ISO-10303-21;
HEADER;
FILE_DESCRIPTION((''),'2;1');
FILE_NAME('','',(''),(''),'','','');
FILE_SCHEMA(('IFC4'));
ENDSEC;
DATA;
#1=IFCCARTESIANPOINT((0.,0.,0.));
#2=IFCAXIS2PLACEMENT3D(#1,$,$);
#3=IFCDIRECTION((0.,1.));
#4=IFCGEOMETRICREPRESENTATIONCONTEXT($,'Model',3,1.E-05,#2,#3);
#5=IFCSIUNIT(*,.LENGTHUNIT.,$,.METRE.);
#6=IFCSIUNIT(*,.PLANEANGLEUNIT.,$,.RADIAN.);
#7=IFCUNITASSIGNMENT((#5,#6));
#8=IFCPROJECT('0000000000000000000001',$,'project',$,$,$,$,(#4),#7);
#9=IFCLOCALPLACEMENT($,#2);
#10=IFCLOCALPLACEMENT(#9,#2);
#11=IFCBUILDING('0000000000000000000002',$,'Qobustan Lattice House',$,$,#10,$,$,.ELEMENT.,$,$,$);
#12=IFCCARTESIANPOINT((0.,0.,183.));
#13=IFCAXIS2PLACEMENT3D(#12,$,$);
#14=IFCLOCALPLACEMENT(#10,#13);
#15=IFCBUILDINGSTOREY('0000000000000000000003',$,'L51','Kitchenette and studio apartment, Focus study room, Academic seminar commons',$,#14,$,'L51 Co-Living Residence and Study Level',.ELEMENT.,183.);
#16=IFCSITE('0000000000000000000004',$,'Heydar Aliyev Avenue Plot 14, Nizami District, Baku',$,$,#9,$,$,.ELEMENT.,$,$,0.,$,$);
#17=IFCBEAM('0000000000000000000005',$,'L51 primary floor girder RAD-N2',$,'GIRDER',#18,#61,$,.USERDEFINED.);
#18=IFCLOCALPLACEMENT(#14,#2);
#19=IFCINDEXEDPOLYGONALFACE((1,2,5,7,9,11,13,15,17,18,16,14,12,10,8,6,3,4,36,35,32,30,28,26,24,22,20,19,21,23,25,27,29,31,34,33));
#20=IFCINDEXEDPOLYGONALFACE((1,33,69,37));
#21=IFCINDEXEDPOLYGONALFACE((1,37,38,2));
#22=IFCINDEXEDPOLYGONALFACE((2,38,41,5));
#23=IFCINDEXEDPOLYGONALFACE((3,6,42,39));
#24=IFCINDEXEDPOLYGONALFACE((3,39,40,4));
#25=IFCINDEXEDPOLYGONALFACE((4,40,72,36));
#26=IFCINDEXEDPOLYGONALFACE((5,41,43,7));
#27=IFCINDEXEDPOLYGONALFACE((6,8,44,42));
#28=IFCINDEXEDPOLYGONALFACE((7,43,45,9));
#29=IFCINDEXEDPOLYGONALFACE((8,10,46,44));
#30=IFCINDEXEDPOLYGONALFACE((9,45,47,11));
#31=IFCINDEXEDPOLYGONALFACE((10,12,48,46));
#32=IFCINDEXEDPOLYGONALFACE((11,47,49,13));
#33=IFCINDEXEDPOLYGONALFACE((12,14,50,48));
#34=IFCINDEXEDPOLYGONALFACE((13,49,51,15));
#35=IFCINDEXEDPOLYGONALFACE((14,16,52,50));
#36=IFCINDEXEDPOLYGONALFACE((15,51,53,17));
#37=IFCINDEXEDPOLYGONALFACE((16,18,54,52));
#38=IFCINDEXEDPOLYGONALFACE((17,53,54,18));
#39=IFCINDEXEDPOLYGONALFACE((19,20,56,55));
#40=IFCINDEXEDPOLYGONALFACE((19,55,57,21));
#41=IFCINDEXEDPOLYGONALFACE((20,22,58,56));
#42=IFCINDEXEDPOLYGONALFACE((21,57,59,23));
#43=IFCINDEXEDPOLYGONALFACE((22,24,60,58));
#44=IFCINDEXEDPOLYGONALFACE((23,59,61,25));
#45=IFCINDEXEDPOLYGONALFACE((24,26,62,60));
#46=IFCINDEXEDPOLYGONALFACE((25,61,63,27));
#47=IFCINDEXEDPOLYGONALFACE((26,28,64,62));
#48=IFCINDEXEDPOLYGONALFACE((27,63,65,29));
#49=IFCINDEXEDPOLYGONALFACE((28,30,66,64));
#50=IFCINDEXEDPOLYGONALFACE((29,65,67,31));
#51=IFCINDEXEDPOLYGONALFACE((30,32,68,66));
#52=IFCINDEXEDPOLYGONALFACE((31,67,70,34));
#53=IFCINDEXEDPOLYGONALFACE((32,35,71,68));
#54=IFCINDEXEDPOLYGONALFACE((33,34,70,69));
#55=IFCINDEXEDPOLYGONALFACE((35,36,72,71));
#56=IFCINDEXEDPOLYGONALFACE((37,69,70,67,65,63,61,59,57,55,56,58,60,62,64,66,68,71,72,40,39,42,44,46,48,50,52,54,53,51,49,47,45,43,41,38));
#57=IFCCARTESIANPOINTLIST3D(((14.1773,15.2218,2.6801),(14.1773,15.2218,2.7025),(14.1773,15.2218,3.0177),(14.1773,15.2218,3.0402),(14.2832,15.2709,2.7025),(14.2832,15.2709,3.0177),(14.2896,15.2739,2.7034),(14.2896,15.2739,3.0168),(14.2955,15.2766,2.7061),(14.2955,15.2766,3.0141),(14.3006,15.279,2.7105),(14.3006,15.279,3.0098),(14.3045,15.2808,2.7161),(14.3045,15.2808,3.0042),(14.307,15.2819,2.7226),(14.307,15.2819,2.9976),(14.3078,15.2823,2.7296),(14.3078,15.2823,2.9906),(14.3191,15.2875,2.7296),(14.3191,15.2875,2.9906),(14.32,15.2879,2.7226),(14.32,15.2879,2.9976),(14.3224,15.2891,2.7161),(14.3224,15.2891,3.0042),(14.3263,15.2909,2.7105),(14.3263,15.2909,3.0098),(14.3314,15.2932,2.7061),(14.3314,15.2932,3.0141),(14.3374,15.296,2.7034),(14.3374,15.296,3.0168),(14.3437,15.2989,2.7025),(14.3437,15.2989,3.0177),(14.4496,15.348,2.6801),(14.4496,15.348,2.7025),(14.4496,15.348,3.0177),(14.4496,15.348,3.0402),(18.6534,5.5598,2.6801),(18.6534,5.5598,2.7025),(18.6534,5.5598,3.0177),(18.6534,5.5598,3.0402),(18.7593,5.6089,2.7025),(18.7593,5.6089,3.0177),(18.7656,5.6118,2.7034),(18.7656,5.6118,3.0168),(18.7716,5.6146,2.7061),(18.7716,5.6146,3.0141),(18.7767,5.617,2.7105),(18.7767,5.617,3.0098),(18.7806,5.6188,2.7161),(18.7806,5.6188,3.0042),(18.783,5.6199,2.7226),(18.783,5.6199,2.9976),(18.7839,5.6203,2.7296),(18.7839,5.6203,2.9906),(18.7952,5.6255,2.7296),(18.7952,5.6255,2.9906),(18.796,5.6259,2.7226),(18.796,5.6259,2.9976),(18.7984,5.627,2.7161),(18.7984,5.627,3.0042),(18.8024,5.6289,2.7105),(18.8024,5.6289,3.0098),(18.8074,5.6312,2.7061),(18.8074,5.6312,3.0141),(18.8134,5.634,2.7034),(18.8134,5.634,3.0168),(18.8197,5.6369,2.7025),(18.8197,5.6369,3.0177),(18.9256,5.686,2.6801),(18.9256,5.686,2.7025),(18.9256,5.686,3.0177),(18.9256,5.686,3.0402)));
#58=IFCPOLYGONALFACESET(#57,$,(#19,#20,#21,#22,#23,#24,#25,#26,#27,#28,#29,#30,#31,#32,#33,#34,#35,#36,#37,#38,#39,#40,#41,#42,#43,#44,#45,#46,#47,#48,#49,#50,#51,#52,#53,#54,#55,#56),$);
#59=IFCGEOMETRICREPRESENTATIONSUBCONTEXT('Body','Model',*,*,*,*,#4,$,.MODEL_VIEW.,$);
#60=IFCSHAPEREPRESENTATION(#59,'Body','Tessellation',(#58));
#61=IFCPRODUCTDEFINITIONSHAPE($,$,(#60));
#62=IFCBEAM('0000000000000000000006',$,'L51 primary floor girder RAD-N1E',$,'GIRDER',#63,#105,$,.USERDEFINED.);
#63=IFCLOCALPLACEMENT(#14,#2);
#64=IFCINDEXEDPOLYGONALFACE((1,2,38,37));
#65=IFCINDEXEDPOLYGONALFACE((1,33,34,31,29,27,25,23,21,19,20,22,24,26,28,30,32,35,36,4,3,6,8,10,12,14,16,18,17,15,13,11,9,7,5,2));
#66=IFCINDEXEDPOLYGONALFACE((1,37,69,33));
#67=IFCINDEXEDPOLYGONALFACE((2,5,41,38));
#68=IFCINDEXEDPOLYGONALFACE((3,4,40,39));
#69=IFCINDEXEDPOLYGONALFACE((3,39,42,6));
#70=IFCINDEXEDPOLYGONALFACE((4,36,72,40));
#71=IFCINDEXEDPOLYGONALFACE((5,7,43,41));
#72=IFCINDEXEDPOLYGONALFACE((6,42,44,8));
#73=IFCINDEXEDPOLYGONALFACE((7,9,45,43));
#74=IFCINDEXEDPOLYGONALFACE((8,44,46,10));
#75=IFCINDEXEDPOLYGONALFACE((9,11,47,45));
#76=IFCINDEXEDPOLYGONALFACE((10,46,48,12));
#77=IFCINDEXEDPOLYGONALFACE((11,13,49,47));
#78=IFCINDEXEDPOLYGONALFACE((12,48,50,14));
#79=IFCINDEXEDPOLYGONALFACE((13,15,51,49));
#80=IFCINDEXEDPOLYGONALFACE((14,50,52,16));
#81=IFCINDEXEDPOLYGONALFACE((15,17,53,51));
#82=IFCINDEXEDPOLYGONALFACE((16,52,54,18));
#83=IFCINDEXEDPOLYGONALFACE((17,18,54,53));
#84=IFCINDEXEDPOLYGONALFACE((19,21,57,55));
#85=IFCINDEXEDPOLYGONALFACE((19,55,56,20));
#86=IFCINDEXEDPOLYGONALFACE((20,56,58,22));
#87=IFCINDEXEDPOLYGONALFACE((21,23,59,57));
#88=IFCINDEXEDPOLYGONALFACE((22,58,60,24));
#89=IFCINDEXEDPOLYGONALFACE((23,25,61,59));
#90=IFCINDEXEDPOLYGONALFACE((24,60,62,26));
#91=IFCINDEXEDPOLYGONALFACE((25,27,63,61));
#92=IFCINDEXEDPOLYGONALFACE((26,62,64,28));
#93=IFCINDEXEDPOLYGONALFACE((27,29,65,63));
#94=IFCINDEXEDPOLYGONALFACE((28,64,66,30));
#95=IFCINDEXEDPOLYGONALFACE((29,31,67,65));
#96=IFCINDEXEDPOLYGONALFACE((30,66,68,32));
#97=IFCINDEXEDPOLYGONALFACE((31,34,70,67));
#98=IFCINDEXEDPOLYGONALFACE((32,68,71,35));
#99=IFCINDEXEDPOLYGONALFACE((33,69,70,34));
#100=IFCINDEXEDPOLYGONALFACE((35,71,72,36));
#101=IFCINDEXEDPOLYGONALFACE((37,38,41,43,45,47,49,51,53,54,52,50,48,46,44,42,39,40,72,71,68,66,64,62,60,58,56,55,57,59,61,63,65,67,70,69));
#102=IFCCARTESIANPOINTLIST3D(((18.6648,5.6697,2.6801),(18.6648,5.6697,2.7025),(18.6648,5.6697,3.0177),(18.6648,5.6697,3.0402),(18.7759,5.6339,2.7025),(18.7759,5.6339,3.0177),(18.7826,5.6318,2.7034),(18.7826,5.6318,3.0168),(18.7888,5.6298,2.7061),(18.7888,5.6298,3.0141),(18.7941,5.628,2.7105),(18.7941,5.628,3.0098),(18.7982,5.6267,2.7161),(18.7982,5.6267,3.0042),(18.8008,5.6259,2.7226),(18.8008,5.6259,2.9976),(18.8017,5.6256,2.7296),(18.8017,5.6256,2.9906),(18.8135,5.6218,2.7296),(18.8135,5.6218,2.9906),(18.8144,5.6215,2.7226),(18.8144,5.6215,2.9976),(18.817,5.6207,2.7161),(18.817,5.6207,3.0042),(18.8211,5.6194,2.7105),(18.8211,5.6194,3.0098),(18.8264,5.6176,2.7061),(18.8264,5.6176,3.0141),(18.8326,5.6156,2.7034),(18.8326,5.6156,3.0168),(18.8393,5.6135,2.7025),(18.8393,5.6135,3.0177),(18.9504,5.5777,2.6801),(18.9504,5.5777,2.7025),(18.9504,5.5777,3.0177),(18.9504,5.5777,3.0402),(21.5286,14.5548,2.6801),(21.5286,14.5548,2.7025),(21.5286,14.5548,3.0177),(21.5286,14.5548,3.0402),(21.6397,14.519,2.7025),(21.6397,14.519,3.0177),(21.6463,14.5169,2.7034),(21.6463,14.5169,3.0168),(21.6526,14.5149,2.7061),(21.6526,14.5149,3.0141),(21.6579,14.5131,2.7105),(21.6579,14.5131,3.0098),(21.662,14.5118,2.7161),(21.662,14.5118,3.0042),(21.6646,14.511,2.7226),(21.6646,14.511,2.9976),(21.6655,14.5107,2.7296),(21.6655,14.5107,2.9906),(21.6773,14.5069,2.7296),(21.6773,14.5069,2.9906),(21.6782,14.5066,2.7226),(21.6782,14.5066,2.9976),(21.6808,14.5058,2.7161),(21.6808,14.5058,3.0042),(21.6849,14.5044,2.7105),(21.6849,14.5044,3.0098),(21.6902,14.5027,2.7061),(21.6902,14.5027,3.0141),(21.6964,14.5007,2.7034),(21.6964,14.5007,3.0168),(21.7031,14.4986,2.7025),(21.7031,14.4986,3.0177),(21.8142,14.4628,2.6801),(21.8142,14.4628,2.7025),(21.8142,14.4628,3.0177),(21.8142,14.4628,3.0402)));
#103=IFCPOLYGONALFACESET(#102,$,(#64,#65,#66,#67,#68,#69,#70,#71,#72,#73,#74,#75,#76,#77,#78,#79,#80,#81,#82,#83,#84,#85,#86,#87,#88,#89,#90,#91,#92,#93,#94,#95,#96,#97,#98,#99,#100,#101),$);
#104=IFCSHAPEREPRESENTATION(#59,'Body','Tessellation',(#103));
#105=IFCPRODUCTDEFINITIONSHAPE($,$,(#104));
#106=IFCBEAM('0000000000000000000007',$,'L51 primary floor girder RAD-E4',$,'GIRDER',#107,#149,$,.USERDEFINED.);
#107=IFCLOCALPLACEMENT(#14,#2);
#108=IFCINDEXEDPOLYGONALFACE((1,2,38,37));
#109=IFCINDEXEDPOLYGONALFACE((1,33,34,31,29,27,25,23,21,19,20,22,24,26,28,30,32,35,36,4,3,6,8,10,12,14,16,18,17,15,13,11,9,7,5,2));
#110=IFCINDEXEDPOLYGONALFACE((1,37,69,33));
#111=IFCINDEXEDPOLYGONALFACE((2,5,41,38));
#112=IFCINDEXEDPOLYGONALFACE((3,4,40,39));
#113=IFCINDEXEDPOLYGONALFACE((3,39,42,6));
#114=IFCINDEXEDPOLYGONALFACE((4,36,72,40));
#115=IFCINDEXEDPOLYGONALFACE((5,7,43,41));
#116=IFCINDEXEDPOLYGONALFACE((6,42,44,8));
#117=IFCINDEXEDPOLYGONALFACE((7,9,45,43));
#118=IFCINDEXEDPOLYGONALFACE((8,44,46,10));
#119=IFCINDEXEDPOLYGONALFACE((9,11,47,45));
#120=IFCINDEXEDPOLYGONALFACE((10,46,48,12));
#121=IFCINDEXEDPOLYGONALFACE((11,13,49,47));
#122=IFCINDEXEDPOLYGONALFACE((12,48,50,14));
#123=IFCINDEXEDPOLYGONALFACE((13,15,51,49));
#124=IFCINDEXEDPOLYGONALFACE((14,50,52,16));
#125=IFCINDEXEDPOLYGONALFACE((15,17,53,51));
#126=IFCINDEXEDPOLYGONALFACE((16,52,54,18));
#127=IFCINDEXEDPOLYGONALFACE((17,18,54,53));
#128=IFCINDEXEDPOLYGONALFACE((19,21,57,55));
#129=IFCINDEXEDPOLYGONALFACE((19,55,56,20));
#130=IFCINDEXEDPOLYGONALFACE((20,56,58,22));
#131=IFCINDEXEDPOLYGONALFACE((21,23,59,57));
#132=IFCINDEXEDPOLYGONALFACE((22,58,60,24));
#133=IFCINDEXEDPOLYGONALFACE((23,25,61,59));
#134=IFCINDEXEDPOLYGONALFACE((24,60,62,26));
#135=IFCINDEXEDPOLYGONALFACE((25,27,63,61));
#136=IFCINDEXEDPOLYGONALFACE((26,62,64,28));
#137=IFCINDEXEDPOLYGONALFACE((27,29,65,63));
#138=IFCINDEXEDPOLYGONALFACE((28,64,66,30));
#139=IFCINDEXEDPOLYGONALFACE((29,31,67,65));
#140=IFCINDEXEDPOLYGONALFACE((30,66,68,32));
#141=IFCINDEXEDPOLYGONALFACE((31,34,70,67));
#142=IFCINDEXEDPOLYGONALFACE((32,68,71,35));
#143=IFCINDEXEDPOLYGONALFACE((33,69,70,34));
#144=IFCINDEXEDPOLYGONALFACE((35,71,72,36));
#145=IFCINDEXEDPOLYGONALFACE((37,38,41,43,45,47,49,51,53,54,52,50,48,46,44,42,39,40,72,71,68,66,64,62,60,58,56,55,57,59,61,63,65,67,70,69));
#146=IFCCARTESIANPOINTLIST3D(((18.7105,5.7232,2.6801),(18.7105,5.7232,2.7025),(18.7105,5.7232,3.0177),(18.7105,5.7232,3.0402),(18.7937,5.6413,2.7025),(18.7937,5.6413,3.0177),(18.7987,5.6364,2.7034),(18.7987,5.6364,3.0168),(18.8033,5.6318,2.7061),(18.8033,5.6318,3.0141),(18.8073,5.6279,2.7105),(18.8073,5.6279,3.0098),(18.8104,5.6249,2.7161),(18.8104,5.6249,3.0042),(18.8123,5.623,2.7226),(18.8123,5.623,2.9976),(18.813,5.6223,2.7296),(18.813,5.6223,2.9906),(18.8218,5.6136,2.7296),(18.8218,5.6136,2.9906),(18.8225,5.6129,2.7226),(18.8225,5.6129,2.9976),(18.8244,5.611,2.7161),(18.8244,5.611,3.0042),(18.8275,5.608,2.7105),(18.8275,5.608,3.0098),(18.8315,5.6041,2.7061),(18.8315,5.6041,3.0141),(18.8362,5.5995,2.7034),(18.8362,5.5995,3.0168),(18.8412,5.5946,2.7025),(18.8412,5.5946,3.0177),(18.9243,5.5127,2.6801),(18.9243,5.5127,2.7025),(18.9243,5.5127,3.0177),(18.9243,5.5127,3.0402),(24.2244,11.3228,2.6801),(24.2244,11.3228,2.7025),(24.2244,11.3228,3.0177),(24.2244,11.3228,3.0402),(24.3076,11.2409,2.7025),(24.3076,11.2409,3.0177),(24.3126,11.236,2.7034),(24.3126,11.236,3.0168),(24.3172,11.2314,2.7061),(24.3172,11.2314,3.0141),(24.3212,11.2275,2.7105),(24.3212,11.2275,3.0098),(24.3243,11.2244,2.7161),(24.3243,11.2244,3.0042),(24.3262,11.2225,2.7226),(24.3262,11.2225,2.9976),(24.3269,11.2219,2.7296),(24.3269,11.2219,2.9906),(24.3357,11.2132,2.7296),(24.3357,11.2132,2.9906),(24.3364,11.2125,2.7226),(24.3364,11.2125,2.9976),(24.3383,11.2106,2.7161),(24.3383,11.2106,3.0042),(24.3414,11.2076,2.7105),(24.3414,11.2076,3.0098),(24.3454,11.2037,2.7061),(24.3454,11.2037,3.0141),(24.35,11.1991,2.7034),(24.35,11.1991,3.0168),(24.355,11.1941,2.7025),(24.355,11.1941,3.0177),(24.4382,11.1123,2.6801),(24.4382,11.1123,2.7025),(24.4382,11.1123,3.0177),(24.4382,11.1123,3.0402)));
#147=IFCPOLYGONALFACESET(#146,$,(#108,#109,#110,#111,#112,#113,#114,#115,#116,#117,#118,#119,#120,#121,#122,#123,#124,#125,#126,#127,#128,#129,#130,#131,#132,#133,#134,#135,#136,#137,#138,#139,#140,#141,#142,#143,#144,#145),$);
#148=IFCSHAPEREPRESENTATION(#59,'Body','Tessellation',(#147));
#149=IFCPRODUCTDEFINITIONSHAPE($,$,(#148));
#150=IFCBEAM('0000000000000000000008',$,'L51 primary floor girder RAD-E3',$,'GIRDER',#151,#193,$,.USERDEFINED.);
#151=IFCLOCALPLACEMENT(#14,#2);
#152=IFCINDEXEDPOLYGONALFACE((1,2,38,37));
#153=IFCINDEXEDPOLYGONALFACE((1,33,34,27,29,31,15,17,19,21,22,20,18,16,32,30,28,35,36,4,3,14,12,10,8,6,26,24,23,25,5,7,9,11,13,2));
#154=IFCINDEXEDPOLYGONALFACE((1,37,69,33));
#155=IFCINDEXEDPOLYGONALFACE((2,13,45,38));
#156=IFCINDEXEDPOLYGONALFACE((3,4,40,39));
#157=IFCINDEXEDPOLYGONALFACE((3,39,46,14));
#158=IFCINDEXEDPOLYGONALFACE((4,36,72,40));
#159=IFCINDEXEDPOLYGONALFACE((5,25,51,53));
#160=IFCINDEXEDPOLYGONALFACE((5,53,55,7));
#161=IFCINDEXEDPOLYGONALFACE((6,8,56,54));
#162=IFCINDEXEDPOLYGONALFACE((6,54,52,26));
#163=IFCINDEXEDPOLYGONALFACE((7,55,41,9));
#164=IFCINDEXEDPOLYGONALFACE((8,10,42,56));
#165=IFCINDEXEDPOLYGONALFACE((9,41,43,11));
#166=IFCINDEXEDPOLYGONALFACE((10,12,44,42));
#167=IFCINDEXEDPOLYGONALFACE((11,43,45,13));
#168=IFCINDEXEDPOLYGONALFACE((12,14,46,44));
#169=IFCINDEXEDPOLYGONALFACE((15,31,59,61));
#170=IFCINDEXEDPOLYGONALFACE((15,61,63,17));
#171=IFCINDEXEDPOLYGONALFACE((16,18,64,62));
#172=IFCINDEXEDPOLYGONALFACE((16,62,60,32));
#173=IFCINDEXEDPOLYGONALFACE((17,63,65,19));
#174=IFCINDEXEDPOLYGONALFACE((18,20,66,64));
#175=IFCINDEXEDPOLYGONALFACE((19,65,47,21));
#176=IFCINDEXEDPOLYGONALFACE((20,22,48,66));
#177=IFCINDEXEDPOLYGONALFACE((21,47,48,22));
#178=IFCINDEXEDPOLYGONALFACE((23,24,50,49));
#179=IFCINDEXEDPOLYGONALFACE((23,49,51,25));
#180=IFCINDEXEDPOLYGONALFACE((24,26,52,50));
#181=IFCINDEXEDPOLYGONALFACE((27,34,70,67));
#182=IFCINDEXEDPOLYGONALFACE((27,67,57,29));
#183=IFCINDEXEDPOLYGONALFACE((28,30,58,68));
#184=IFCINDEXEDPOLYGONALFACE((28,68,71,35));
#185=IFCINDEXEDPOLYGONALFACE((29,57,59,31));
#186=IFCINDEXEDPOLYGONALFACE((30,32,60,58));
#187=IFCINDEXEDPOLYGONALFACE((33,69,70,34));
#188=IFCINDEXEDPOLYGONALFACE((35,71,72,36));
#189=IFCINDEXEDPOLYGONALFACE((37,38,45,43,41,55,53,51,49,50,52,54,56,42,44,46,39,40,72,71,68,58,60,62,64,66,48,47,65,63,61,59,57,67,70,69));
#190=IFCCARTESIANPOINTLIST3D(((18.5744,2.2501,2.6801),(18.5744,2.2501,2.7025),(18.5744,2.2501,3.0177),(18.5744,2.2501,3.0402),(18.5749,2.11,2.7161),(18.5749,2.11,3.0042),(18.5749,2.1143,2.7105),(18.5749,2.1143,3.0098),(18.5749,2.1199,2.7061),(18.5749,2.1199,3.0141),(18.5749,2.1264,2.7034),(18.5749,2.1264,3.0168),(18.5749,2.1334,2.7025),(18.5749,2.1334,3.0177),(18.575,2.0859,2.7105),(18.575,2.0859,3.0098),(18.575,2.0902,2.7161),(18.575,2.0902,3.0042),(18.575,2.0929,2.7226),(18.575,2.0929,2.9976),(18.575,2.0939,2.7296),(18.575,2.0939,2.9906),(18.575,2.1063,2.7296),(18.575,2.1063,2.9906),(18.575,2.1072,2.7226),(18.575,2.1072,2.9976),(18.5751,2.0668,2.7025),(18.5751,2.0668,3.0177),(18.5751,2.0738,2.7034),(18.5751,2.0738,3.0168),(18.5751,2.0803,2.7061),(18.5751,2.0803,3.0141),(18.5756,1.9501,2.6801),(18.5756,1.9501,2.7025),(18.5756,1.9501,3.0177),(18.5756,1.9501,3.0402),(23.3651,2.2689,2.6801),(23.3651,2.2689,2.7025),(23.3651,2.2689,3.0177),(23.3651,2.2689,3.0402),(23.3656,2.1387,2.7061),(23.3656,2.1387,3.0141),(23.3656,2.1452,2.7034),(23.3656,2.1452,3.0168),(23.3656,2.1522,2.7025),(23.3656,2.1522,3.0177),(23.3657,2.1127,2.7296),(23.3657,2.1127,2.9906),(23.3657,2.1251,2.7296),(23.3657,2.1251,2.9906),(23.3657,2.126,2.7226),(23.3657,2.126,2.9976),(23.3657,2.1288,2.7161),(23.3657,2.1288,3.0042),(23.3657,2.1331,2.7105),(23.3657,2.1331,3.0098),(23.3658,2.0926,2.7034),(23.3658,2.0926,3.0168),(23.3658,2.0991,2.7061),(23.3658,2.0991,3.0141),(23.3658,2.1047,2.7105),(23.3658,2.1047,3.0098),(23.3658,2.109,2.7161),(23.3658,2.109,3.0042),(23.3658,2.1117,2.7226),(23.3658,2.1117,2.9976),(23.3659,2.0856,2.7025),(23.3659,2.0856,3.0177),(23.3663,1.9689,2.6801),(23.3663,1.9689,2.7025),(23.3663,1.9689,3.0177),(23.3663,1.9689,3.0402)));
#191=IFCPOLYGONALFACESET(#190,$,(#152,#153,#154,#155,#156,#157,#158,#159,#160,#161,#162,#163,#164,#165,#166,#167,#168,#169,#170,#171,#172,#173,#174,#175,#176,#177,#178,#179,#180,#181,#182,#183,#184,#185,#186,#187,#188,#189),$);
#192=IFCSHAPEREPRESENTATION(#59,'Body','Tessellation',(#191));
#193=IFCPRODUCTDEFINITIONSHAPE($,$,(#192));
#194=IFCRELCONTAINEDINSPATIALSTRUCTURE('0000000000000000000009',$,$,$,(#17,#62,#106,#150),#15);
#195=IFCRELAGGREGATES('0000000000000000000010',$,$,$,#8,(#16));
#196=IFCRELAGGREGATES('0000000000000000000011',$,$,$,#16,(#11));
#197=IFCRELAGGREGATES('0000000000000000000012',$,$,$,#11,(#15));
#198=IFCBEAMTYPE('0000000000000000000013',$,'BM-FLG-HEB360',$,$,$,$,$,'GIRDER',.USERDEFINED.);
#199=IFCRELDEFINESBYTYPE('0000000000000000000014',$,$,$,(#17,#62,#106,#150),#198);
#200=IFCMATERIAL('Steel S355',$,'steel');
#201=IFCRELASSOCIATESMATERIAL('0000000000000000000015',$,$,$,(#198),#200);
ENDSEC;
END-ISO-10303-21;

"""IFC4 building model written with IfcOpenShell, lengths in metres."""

from ifc_helpers import new_model, si_unit, direction, frame, origin, origin_2d, place, context, subcontext, project, spatial, i_section, extrude, material, material_profile, profile_set, type_object, element, save


model = new_model("IFC4")

# Units and contexts
model_context = context("Model", 3, precision=1e-05, world=origin(), true_north=direction((0.0, 1.0)))
body_context = subcontext(model_context, "Body", "Model", "MODEL_VIEW")
ifc_project = project(units=[si_unit("LENGTHUNIT", "METRE"), si_unit("PLANEANGLEUNIT", "RADIAN")], contexts=[model_context])

# Site, building, storey
site_placement = place(None, origin())
site = spatial("IfcSite", under=ifc_project, at=site_placement, Name="Heydar Aliyev Avenue Plot 14, Nizami District, Baku", CompositionType="ELEMENT", RefElevation=0.0)
building_placement = place(site_placement, origin())
building = spatial("IfcBuilding", under=site, at=building_placement, Name="Qobustan Lattice House", CompositionType="ELEMENT")
storey_placement = place(building_placement, frame((0.0, 0.0, 183.0)))
storey = spatial("IfcBuildingStorey", under=building, at=storey_placement, Name="L51", Description="Kitchenette and studio apartment, Focus study room, Academic seminar commons", LongName="L51 Co-Living Residence and Study Level", CompositionType="ELEMENT", Elevation=183.0)

# Beams
ifc_material_1 = material(Name="Steel S355", Category="steel")
ifc_material_profile_1 = material_profile(ifc_material_1, i_section(OverallWidth=0.3, OverallDepth=0.3601, WebThickness=0.0125, FlangeThickness=0.0225, FilletRadius=0.0271, at=origin_2d()), Name="HEB360")
ifc_profile_set_1 = profile_set([ifc_material_profile_1], Name="Steel S355")
beam_type_1 = type_object("IfcBeamType", Name="BM-FLG-HEB360", ElementType="GIRDER", PredefinedType="USERDEFINED", material=ifc_profile_set_1)
beam_1_placement = place(storey_placement, frame((14.3135, 15.2849, 2.8601), z_axis=(0.420346, -0.907364, 0.0), x_axis=(0.907364, 0.420346, 0.0)))
element("IfcBeam", 1, at=beam_1_placement, inside=storey, type_object=beam_type_1, Name="L51 primary floor girder RAD-N2", ObjectType="GIRDER", PredefinedType="USERDEFINED", context=body_context, shape_type="SweptSolid", body=[
    extrude(i_section(OverallWidth=0.3, OverallDepth=0.3601, WebThickness=0.0125, FlangeThickness=0.0225, FilletRadius=0.0271, at=origin_2d()), origin(), (0.0, 0.0, 1.0), 10.6484),
])
beam_2_placement = place(storey_placement, frame((21.6714, 14.5088, 2.8601), z_axis=(-0.306774, -0.951783, 0.0), x_axis=(0.951783, -0.306774, 0.0)))
element("IfcBeam", 2, at=beam_2_placement, inside=storey, type_object=beam_type_1, Name="L51 primary floor girder RAD-N1E", ObjectType="GIRDER", PredefinedType="USERDEFINED", context=body_context, shape_type="SweptSolid", body=[
    extrude(i_section(OverallWidth=0.3, OverallDepth=0.3601, WebThickness=0.0125, FlangeThickness=0.0225, FilletRadius=0.0271, at=origin_2d()), origin(), (0.0, 0.0, 1.0), 9.3352),
])
beam_3_placement = place(storey_placement, frame((24.3313, 11.2175, 2.8601), z_axis=(-0.701634, -0.712538, 0.0), x_axis=(0.712538, -0.701634, 0.0)))
element("IfcBeam", 3, at=beam_3_placement, inside=storey, type_object=beam_type_1, Name="L51 primary floor girder RAD-E4", ObjectType="GIRDER", PredefinedType="USERDEFINED", context=body_context, shape_type="SweptSolid", body=[
    extrude(i_section(OverallWidth=0.3, OverallDepth=0.3601, WebThickness=0.0125, FlangeThickness=0.0225, FilletRadius=0.0271, at=origin_2d()), origin(), (0.0, 0.0, 1.0), 7.8586),
])
beam_4_placement = place(storey_placement, frame((23.3657, 2.1189, 2.8601), z_axis=(-0.999992, -0.003924, 0.0), x_axis=(0.003924, -0.999992, 0.0)))
element("IfcBeam", 4, at=beam_4_placement, inside=storey, type_object=beam_type_1, Name="L51 primary floor girder RAD-E3", ObjectType="GIRDER", PredefinedType="USERDEFINED", context=body_context, shape_type="SweptSolid", body=[
    extrude(i_section(OverallWidth=0.3, OverallDepth=0.3601, WebThickness=0.0125, FlangeThickness=0.0225, FilletRadius=0.0271, at=origin_2d()), origin(), (0.0, 0.0, 1.0), 4.7908),
])

save(model, "model.ifc")
